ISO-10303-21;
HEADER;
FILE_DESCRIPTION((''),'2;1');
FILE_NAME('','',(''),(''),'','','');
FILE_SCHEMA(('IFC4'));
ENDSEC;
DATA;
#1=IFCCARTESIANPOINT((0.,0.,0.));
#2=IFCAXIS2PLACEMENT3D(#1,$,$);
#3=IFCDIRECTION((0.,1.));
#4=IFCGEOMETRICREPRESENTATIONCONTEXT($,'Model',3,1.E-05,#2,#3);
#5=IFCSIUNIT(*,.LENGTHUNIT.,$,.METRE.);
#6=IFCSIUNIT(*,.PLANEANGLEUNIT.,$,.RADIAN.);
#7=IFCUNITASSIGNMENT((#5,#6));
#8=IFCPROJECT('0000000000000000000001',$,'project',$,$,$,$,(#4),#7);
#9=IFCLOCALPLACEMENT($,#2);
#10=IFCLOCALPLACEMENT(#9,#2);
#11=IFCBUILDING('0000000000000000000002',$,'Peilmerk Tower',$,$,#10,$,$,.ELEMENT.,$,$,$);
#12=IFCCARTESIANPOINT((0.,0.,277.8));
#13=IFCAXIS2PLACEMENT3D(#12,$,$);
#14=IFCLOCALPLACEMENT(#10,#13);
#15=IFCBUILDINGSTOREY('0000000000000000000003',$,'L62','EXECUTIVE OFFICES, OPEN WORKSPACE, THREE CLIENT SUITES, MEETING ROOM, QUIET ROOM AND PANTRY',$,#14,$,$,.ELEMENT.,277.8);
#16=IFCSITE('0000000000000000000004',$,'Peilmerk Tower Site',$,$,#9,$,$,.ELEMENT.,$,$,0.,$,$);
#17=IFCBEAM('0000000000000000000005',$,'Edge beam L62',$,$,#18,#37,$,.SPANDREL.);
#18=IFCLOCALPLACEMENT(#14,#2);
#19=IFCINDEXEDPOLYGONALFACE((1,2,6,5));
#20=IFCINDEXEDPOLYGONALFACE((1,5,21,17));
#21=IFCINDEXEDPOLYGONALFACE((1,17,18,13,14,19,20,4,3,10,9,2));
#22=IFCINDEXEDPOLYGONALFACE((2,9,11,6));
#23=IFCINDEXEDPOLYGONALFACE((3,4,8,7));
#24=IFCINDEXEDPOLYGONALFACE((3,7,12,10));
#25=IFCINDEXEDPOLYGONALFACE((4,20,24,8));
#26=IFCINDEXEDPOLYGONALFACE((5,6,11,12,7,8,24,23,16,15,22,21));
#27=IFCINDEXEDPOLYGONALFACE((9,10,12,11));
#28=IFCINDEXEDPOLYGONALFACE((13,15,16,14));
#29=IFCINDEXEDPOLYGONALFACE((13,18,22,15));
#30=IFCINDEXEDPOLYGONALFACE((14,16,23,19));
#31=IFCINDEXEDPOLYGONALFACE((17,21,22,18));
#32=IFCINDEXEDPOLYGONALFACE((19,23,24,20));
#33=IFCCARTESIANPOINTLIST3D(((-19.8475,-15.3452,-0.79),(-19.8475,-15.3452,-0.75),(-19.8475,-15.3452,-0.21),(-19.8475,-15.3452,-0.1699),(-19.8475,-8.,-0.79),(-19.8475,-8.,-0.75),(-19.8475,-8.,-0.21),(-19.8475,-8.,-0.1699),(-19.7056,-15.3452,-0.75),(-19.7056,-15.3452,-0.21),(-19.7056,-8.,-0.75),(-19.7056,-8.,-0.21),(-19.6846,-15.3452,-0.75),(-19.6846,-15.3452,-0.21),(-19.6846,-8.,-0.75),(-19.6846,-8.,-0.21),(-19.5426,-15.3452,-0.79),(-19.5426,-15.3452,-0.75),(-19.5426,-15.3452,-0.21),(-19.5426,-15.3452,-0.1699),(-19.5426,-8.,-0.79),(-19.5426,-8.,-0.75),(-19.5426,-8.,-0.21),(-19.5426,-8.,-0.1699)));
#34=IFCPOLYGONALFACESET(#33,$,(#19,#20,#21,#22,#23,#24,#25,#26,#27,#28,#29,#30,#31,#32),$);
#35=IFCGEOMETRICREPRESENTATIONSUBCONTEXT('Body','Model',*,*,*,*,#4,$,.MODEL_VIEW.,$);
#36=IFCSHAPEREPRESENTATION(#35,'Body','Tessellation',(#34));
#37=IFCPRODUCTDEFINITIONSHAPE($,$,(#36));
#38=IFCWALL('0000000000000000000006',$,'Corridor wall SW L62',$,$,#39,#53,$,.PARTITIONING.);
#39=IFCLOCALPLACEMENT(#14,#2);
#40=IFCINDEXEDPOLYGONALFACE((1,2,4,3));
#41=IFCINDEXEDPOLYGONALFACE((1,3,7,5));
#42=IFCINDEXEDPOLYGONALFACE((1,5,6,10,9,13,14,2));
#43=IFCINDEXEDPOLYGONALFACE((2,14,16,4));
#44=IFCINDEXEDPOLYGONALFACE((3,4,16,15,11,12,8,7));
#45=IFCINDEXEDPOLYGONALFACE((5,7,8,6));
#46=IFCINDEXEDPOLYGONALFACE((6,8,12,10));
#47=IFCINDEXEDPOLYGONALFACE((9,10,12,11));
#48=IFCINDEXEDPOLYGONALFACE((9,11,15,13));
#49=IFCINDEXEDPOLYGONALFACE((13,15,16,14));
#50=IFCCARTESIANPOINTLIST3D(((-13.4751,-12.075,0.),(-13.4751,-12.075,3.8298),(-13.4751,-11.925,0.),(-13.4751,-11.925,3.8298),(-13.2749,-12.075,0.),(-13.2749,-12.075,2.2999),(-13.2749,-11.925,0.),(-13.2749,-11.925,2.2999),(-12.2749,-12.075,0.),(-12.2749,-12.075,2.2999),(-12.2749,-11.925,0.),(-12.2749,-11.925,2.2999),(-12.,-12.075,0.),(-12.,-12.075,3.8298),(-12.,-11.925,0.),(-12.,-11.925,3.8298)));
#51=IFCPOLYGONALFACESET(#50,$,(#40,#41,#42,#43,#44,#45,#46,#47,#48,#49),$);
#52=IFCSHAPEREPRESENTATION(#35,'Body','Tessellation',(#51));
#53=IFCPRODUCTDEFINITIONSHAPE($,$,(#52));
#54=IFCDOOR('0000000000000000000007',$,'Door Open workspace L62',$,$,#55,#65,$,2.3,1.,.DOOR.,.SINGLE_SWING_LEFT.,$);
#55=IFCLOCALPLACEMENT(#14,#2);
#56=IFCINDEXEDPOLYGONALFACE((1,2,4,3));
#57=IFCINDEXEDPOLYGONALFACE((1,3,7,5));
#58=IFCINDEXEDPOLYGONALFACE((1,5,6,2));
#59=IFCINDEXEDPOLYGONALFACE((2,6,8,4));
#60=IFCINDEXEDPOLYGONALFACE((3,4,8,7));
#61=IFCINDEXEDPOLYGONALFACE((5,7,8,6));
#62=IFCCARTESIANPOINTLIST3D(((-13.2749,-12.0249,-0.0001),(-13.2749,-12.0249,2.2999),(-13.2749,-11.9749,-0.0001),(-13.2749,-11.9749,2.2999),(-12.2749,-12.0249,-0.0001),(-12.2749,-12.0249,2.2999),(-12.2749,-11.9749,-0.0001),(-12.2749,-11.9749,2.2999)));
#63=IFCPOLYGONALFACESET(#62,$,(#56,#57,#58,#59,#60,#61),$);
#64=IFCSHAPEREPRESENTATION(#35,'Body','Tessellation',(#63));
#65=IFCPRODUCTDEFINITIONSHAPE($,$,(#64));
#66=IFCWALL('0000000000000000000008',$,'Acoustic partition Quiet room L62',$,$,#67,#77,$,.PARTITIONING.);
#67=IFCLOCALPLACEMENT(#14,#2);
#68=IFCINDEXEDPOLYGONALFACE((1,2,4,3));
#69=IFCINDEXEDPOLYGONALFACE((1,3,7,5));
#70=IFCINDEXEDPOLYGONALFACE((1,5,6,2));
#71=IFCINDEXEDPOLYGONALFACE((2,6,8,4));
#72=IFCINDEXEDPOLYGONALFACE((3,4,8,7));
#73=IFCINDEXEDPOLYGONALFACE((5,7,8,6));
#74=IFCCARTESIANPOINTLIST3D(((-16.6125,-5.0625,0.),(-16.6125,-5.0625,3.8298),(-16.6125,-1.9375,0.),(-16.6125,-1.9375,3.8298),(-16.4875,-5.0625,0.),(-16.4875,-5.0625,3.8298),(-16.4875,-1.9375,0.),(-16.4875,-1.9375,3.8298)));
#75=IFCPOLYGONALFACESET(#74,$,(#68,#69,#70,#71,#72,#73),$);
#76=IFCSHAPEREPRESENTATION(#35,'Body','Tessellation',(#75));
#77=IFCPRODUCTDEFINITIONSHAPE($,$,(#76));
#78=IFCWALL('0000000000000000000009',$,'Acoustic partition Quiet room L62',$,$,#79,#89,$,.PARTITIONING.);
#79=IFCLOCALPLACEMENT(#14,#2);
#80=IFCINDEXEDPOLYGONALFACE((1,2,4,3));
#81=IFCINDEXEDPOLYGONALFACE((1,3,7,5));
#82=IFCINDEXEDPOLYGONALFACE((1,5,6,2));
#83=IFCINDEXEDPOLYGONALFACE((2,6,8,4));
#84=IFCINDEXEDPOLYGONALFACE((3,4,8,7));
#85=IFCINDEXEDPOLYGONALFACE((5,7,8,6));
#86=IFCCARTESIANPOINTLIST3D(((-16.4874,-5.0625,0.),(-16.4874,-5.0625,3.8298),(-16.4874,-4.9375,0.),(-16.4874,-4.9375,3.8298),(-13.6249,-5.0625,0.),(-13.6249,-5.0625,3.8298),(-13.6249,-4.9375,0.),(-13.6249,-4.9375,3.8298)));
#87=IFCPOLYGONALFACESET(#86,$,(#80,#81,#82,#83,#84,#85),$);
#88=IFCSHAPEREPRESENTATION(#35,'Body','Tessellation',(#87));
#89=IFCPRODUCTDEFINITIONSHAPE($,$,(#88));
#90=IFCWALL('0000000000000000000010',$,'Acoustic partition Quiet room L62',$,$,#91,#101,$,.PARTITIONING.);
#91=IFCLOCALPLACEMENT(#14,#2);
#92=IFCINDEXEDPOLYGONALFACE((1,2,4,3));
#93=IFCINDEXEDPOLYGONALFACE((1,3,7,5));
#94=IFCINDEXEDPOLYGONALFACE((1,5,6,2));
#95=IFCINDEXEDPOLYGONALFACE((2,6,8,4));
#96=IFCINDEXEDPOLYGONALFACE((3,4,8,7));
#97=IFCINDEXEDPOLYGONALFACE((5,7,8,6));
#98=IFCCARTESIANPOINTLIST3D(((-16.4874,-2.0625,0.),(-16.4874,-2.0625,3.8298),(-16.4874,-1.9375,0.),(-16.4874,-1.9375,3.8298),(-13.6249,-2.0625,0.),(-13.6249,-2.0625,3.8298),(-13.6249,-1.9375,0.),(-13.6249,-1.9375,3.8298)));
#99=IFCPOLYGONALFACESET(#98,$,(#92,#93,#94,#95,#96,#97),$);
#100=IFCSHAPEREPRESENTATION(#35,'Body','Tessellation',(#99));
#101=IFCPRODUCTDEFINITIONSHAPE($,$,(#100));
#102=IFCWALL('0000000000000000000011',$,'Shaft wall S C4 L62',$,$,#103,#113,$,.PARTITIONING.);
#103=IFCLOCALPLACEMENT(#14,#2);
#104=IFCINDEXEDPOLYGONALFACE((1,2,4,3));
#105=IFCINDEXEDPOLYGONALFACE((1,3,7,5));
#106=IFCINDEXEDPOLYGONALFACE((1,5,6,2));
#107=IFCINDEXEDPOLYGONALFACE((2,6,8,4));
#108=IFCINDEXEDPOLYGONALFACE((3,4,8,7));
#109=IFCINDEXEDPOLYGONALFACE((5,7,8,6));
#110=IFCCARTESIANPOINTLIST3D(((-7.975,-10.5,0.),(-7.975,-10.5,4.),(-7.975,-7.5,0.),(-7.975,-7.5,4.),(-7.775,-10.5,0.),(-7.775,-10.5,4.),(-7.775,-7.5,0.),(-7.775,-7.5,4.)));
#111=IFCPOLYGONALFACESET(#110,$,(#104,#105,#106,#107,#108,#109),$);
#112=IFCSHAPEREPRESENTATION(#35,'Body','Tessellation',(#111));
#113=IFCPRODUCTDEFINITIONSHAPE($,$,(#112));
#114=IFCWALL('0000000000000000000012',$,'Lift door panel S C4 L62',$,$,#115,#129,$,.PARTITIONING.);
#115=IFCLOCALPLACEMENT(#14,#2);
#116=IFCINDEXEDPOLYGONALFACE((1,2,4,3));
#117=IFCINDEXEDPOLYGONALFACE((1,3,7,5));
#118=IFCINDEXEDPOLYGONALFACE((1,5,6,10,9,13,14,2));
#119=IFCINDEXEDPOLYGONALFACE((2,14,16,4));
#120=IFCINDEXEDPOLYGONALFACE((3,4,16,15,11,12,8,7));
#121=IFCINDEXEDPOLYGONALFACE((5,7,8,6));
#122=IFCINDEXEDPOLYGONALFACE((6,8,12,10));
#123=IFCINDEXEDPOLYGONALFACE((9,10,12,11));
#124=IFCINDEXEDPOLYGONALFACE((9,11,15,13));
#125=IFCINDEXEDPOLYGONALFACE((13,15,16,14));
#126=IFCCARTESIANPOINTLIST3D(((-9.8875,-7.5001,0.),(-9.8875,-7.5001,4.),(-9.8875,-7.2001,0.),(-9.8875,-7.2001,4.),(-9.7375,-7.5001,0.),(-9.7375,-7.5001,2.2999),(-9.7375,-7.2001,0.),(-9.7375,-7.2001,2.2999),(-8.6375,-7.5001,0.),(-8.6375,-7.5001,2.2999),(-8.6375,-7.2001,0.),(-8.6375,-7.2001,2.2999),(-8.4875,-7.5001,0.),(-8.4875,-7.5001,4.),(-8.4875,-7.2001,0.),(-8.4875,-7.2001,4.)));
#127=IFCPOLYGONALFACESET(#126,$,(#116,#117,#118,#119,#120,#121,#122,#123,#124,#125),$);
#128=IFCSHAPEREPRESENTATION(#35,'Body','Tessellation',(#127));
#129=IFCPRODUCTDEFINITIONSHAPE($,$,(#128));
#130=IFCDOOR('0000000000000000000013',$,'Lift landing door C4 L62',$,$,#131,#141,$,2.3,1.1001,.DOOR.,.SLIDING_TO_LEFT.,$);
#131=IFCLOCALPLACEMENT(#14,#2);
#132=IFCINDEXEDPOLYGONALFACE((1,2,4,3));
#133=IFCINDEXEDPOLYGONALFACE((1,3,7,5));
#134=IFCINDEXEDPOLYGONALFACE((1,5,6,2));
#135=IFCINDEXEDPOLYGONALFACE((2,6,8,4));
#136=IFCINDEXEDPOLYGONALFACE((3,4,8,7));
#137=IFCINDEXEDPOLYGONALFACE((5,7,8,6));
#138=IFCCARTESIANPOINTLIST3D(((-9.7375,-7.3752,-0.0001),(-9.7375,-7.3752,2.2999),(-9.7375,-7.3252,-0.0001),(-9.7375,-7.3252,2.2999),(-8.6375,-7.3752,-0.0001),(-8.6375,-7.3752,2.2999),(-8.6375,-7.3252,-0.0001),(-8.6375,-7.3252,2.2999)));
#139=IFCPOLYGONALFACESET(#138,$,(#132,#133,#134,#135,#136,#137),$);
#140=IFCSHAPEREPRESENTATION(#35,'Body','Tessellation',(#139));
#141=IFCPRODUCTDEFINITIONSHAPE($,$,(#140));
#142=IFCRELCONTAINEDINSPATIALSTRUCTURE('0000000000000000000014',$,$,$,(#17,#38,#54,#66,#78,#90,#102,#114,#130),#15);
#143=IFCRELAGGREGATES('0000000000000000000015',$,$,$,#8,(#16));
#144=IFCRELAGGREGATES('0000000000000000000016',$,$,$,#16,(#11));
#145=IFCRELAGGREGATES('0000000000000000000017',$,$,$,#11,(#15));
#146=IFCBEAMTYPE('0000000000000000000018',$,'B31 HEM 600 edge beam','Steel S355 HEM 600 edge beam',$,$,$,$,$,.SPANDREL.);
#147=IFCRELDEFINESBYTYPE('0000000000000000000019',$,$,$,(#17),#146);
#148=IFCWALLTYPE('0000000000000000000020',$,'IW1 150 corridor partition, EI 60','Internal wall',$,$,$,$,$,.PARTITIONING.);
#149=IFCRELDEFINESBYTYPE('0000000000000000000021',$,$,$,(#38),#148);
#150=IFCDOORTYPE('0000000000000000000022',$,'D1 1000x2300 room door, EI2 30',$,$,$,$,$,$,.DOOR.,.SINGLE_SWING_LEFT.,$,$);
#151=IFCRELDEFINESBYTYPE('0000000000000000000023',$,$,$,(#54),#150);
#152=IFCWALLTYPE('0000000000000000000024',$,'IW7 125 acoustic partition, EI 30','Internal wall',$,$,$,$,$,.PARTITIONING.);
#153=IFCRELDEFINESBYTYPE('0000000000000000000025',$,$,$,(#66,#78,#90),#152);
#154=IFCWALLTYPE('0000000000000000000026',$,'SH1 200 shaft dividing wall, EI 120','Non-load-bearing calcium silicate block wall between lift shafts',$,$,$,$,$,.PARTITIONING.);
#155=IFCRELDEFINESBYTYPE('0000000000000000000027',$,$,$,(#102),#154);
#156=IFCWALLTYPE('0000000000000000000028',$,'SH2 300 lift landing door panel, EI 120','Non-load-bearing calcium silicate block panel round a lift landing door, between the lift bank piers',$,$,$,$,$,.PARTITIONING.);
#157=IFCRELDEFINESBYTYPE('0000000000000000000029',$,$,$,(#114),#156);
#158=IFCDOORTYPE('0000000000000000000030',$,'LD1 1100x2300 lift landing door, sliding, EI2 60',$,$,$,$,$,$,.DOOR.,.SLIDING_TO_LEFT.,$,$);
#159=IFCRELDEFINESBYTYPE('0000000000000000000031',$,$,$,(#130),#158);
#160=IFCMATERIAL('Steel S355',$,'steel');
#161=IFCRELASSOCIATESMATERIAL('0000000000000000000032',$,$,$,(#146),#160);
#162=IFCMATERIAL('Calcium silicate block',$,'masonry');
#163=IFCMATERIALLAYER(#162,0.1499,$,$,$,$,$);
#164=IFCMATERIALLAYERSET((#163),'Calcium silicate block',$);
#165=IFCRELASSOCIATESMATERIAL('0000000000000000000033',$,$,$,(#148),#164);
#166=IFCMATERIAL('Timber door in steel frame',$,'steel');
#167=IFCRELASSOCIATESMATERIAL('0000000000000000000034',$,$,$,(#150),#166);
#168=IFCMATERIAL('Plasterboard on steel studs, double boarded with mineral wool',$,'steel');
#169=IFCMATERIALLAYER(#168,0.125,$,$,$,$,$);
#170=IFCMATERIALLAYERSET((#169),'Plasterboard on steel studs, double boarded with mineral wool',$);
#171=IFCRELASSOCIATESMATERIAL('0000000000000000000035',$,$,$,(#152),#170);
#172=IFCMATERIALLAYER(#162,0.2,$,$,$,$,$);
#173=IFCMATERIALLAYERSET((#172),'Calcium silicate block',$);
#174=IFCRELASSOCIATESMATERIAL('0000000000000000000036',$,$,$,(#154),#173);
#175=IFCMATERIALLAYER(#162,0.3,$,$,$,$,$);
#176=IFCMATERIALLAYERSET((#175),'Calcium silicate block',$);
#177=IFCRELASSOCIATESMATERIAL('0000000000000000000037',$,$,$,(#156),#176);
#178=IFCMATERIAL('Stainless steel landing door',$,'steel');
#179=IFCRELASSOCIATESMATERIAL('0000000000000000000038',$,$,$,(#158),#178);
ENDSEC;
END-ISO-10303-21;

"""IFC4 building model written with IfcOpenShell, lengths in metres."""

from ifc_helpers import new_model, si_unit, direction, frame, frame_2d, origin, origin_2d, place, context, subcontext, project, spatial, rectangle, i_section, extrude, material, layer, layer_set, material_profile, profile_set, type_object, element, fill, save


model = new_model("IFC4")

# Units and contexts
model_context = context("Model", 3, precision=1e-05, world=origin(), true_north=direction((0.0, 1.0)))
body_context = subcontext(model_context, "Body", "Model", "MODEL_VIEW")
ifc_project = project(units=[si_unit("LENGTHUNIT", "METRE"), si_unit("PLANEANGLEUNIT", "RADIAN")], contexts=[model_context])

# Site, building, storey
site_placement = place(None, origin())
site = spatial("IfcSite", under=ifc_project, at=site_placement, Name="Peilmerk Tower Site", CompositionType="ELEMENT", RefElevation=0.0)
building_placement = place(site_placement, origin())
building = spatial("IfcBuilding", under=site, at=building_placement, Name="Peilmerk Tower", CompositionType="ELEMENT")
storey_placement = place(building_placement, frame((0.0, 0.0, 277.8)))
storey = spatial("IfcBuildingStorey", under=building, at=storey_placement, Name="L62", Description="EXECUTIVE OFFICES, OPEN WORKSPACE, THREE CLIENT SUITES, MEETING ROOM, QUIET ROOM AND PANTRY", CompositionType="ELEMENT", Elevation=277.8)

# Beam
ifc_material_1 = material(Name="Steel S355", Category="steel")
ifc_material_profile_1 = material_profile(ifc_material_1, i_section(OverallWidth=0.3049, OverallDepth=0.6201, WebThickness=0.021, FlangeThickness=0.04, at=origin_2d()), Name="HEM 600")
ifc_profile_set_1 = profile_set([ifc_material_profile_1], Name="Steel S355")
beam_type_1 = type_object("IfcBeamType", Name="B31 HEM 600 edge beam", Description="Steel S355 HEM 600 edge beam", PredefinedType="SPANDREL", material=ifc_profile_set_1)
beam_1_placement = place(storey_placement, frame((-19.6951, -8.0, -0.48), z_axis=(0.0, -1.0, 0.0), x_axis=(1.0, 0.0, 0.0)))
element("IfcBeam", 1, at=beam_1_placement, inside=storey, type_object=beam_type_1, Name="Edge beam L62", PredefinedType="SPANDREL", context=body_context, shape_type="SweptSolid", body=[
    extrude(i_section(OverallWidth=0.3049, OverallDepth=0.6201, WebThickness=0.021, FlangeThickness=0.04, at=origin_2d()), origin(), (0.0, 0.0, 1.0), 7.3452),
])

# Wall, opening, door
ifc_material_2 = material(Name="Calcium silicate block", Category="masonry")
ifc_layer_1 = layer(ifc_material_2, 0.1499)
ifc_layer_set_1 = layer_set([ifc_layer_1], Name="Calcium silicate block")
wall_type_1 = type_object("IfcWallType", Name="IW1 150 corridor partition, EI 60", Description="Internal wall", PredefinedType="PARTITIONING", material=ifc_layer_set_1)
wall_1_placement = place(storey_placement, frame((-12.0, -12.0, 0.0), z_axis=(0.0, 0.0, 1.0), x_axis=(-1.0, 0.0, 0.0)))
wall_1 = element("IfcWall", 2, at=wall_1_placement, inside=storey, type_object=wall_type_1, Name="Corridor wall SW L62", PredefinedType="PARTITIONING", context=body_context, shape_type="SweptSolid", body=[
    extrude(rectangle(XDim=1.4751, YDim=0.1499, at=frame_2d((0.7375, 0.0))), origin(), (0.0, 0.0, 1.0), 3.8298),
])
opening_1_placement = place(wall_1_placement, frame((0.2749, 0.0, 0.0)))
opening_1 = element("IfcOpeningElement", 3, at=opening_1_placement, cuts=wall_1, PredefinedType="OPENING", context=body_context, shape_type="SweptSolid", body=[
    extrude(rectangle(XDim=1.0, YDim=2.3, at=frame_2d((0.5, 1.1499))), frame((0.0, 0.085, 0.0), z_axis=(0.0, -1.0, 0.0), x_axis=(1.0, 0.0, 0.0)), (0.0, 0.0, 1.0), 0.1699),
])
ifc_material_3 = material(Name="Timber door in steel frame", Category="steel")
door_type_1 = type_object("IfcDoorType", Name="D1 1000x2300 room door, EI2 30", OperationType="SINGLE_SWING_LEFT", PredefinedType="DOOR", material=ifc_material_3)
door_1_placement = place(opening_1_placement, origin())
door_1 = element("IfcDoor", 4, at=door_1_placement, inside=storey, type_object=door_type_1, Name="Door Open workspace L62", OperationType="SINGLE_SWING_LEFT", OverallHeight=2.3, OverallWidth=1.0, PredefinedType="DOOR", context=body_context, shape_type="SweptSolid", body=[
    extrude(rectangle(XDim=1.0, YDim=2.3, at=frame_2d((0.5, 1.1499))), frame((0.0, 0.0249, 0.0), z_axis=(0.0, -1.0, 0.0), x_axis=(1.0, 0.0, 0.0)), (0.0, 0.0, 1.0), 0.05),
])
fill(opening_1, door_1)

# Walls
ifc_material_4 = material(Name="Plasterboard on steel studs, double boarded with mineral wool", Category="steel")
ifc_layer_2 = layer(ifc_material_4, 0.125)
ifc_layer_set_2 = layer_set([ifc_layer_2], Name="Plasterboard on steel studs, double boarded with mineral wool")
wall_type_2 = type_object("IfcWallType", Name="IW7 125 acoustic partition, EI 30", Description="Internal wall", PredefinedType="PARTITIONING", material=ifc_layer_set_2)
wall_2_placement = place(storey_placement, frame((-16.55, -5.0625, 0.0), z_axis=(0.0, 0.0, 1.0), x_axis=(0.0, 1.0, 0.0)))
element("IfcWall", 5, at=wall_2_placement, inside=storey, type_object=wall_type_2, Name="Acoustic partition Quiet room L62", PredefinedType="PARTITIONING", context=body_context, shape_type="SweptSolid", body=[
    extrude(rectangle(XDim=3.125, YDim=0.125, at=frame_2d((1.5625, 0.0))), origin(), (0.0, 0.0, 1.0), 3.8298),
])
for number, where, z_axis, x_axis, name in (
    (6, (-13.625, -5.0, 0.0), (0.0, 0.0, 1.0), (-1.0, 0.0, 0.0), "Acoustic partition Quiet room L62"),
    (7, (-13.625, -2.0, 0.0), (0.0, 0.0, 1.0), (-1.0, 0.0, 0.0), "Acoustic partition Quiet room L62"),
):
    element("IfcWall", number, at=place(storey_placement, frame(where, z_axis=z_axis, x_axis=x_axis)), inside=storey, type_object=wall_type_2, Name=name, PredefinedType="PARTITIONING", context=body_context, shape_type="SweptSolid", body=[
        extrude(rectangle(XDim=2.8625, YDim=0.125, at=frame_2d((1.4312, 0.0))), origin(), (0.0, 0.0, 1.0), 3.8298),
    ])
ifc_layer_3 = layer(ifc_material_2, 0.2)
ifc_layer_set_3 = layer_set([ifc_layer_3], Name="Calcium silicate block")
wall_type_3 = type_object("IfcWallType", Name="SH1 200 shaft dividing wall, EI 120", Description="Non-load-bearing calcium silicate block wall between lift shafts", PredefinedType="PARTITIONING", material=ifc_layer_set_3)
wall_3_placement = place(storey_placement, frame((-7.875, -10.5, 0.0), z_axis=(0.0, 0.0, 1.0), x_axis=(0.0, 1.0, 0.0)))
element("IfcWall", 8, at=wall_3_placement, inside=storey, type_object=wall_type_3, Name="Shaft wall S C4 L62", PredefinedType="PARTITIONING", context=body_context, shape_type="SweptSolid", body=[
    extrude(rectangle(XDim=3.0, YDim=0.2, at=frame_2d((1.5, 0.0))), origin(), (0.0, 0.0, 1.0), 4.0),
])

# Wall, opening, door
ifc_layer_4 = layer(ifc_material_2, 0.3)
ifc_layer_set_4 = layer_set([ifc_layer_4], Name="Calcium silicate block")
wall_type_4 = type_object("IfcWallType", Name="SH2 300 lift landing door panel, EI 120", Description="Non-load-bearing calcium silicate block panel round a lift landing door, between the lift bank piers", PredefinedType="PARTITIONING", material=ifc_layer_set_4)
wall_4_placement = place(storey_placement, frame((-9.8875, -7.3501, 0.0), z_axis=(0.0, 0.0, 1.0), x_axis=(1.0, 0.0, 0.0)))
wall_4 = element("IfcWall", 9, at=wall_4_placement, inside=storey, type_object=wall_type_4, Name="Lift door panel S C4 L62", PredefinedType="PARTITIONING", context=body_context, shape_type="SweptSolid", body=[
    extrude(rectangle(XDim=1.3999, YDim=0.3, at=frame_2d((0.7, 0.0))), origin(), (0.0, 0.0, 1.0), 4.0),
])
opening_2_placement = place(wall_4_placement, frame((0.1499, 0.0, 0.0)))
opening_2 = element("IfcOpeningElement", 10, at=opening_2_placement, cuts=wall_4, PredefinedType="OPENING", context=body_context, shape_type="SweptSolid", body=[
    extrude(rectangle(XDim=1.1001, YDim=2.3, at=frame_2d((0.55, 1.1499))), frame((0.0, 0.1599, 0.0), z_axis=(0.0, -1.0, 0.0), x_axis=(1.0, 0.0, 0.0)), (0.0, 0.0, 1.0), 0.3201),
])
ifc_material_5 = material(Name="Stainless steel landing door", Category="steel")
door_type_2 = type_object("IfcDoorType", Name="LD1 1100x2300 lift landing door, sliding, EI2 60", OperationType="SLIDING_TO_LEFT", PredefinedType="DOOR", material=ifc_material_5)
door_2_placement = place(opening_2_placement, origin())
door_2 = element("IfcDoor", 11, at=door_2_placement, inside=storey, type_object=door_type_2, Name="Lift landing door C4 L62", OperationType="SLIDING_TO_LEFT", OverallHeight=2.3, OverallWidth=1.1001, PredefinedType="DOOR", context=body_context, shape_type="SweptSolid", body=[
    extrude(rectangle(XDim=1.1001, YDim=2.3, at=frame_2d((0.55, 1.1499))), frame((0.0, 0.0249, 0.0), z_axis=(0.0, -1.0, 0.0), x_axis=(1.0, 0.0, 0.0)), (0.0, 0.0, 1.0), 0.05),
])
fill(opening_2, door_2)

save(model, "model.ifc")
